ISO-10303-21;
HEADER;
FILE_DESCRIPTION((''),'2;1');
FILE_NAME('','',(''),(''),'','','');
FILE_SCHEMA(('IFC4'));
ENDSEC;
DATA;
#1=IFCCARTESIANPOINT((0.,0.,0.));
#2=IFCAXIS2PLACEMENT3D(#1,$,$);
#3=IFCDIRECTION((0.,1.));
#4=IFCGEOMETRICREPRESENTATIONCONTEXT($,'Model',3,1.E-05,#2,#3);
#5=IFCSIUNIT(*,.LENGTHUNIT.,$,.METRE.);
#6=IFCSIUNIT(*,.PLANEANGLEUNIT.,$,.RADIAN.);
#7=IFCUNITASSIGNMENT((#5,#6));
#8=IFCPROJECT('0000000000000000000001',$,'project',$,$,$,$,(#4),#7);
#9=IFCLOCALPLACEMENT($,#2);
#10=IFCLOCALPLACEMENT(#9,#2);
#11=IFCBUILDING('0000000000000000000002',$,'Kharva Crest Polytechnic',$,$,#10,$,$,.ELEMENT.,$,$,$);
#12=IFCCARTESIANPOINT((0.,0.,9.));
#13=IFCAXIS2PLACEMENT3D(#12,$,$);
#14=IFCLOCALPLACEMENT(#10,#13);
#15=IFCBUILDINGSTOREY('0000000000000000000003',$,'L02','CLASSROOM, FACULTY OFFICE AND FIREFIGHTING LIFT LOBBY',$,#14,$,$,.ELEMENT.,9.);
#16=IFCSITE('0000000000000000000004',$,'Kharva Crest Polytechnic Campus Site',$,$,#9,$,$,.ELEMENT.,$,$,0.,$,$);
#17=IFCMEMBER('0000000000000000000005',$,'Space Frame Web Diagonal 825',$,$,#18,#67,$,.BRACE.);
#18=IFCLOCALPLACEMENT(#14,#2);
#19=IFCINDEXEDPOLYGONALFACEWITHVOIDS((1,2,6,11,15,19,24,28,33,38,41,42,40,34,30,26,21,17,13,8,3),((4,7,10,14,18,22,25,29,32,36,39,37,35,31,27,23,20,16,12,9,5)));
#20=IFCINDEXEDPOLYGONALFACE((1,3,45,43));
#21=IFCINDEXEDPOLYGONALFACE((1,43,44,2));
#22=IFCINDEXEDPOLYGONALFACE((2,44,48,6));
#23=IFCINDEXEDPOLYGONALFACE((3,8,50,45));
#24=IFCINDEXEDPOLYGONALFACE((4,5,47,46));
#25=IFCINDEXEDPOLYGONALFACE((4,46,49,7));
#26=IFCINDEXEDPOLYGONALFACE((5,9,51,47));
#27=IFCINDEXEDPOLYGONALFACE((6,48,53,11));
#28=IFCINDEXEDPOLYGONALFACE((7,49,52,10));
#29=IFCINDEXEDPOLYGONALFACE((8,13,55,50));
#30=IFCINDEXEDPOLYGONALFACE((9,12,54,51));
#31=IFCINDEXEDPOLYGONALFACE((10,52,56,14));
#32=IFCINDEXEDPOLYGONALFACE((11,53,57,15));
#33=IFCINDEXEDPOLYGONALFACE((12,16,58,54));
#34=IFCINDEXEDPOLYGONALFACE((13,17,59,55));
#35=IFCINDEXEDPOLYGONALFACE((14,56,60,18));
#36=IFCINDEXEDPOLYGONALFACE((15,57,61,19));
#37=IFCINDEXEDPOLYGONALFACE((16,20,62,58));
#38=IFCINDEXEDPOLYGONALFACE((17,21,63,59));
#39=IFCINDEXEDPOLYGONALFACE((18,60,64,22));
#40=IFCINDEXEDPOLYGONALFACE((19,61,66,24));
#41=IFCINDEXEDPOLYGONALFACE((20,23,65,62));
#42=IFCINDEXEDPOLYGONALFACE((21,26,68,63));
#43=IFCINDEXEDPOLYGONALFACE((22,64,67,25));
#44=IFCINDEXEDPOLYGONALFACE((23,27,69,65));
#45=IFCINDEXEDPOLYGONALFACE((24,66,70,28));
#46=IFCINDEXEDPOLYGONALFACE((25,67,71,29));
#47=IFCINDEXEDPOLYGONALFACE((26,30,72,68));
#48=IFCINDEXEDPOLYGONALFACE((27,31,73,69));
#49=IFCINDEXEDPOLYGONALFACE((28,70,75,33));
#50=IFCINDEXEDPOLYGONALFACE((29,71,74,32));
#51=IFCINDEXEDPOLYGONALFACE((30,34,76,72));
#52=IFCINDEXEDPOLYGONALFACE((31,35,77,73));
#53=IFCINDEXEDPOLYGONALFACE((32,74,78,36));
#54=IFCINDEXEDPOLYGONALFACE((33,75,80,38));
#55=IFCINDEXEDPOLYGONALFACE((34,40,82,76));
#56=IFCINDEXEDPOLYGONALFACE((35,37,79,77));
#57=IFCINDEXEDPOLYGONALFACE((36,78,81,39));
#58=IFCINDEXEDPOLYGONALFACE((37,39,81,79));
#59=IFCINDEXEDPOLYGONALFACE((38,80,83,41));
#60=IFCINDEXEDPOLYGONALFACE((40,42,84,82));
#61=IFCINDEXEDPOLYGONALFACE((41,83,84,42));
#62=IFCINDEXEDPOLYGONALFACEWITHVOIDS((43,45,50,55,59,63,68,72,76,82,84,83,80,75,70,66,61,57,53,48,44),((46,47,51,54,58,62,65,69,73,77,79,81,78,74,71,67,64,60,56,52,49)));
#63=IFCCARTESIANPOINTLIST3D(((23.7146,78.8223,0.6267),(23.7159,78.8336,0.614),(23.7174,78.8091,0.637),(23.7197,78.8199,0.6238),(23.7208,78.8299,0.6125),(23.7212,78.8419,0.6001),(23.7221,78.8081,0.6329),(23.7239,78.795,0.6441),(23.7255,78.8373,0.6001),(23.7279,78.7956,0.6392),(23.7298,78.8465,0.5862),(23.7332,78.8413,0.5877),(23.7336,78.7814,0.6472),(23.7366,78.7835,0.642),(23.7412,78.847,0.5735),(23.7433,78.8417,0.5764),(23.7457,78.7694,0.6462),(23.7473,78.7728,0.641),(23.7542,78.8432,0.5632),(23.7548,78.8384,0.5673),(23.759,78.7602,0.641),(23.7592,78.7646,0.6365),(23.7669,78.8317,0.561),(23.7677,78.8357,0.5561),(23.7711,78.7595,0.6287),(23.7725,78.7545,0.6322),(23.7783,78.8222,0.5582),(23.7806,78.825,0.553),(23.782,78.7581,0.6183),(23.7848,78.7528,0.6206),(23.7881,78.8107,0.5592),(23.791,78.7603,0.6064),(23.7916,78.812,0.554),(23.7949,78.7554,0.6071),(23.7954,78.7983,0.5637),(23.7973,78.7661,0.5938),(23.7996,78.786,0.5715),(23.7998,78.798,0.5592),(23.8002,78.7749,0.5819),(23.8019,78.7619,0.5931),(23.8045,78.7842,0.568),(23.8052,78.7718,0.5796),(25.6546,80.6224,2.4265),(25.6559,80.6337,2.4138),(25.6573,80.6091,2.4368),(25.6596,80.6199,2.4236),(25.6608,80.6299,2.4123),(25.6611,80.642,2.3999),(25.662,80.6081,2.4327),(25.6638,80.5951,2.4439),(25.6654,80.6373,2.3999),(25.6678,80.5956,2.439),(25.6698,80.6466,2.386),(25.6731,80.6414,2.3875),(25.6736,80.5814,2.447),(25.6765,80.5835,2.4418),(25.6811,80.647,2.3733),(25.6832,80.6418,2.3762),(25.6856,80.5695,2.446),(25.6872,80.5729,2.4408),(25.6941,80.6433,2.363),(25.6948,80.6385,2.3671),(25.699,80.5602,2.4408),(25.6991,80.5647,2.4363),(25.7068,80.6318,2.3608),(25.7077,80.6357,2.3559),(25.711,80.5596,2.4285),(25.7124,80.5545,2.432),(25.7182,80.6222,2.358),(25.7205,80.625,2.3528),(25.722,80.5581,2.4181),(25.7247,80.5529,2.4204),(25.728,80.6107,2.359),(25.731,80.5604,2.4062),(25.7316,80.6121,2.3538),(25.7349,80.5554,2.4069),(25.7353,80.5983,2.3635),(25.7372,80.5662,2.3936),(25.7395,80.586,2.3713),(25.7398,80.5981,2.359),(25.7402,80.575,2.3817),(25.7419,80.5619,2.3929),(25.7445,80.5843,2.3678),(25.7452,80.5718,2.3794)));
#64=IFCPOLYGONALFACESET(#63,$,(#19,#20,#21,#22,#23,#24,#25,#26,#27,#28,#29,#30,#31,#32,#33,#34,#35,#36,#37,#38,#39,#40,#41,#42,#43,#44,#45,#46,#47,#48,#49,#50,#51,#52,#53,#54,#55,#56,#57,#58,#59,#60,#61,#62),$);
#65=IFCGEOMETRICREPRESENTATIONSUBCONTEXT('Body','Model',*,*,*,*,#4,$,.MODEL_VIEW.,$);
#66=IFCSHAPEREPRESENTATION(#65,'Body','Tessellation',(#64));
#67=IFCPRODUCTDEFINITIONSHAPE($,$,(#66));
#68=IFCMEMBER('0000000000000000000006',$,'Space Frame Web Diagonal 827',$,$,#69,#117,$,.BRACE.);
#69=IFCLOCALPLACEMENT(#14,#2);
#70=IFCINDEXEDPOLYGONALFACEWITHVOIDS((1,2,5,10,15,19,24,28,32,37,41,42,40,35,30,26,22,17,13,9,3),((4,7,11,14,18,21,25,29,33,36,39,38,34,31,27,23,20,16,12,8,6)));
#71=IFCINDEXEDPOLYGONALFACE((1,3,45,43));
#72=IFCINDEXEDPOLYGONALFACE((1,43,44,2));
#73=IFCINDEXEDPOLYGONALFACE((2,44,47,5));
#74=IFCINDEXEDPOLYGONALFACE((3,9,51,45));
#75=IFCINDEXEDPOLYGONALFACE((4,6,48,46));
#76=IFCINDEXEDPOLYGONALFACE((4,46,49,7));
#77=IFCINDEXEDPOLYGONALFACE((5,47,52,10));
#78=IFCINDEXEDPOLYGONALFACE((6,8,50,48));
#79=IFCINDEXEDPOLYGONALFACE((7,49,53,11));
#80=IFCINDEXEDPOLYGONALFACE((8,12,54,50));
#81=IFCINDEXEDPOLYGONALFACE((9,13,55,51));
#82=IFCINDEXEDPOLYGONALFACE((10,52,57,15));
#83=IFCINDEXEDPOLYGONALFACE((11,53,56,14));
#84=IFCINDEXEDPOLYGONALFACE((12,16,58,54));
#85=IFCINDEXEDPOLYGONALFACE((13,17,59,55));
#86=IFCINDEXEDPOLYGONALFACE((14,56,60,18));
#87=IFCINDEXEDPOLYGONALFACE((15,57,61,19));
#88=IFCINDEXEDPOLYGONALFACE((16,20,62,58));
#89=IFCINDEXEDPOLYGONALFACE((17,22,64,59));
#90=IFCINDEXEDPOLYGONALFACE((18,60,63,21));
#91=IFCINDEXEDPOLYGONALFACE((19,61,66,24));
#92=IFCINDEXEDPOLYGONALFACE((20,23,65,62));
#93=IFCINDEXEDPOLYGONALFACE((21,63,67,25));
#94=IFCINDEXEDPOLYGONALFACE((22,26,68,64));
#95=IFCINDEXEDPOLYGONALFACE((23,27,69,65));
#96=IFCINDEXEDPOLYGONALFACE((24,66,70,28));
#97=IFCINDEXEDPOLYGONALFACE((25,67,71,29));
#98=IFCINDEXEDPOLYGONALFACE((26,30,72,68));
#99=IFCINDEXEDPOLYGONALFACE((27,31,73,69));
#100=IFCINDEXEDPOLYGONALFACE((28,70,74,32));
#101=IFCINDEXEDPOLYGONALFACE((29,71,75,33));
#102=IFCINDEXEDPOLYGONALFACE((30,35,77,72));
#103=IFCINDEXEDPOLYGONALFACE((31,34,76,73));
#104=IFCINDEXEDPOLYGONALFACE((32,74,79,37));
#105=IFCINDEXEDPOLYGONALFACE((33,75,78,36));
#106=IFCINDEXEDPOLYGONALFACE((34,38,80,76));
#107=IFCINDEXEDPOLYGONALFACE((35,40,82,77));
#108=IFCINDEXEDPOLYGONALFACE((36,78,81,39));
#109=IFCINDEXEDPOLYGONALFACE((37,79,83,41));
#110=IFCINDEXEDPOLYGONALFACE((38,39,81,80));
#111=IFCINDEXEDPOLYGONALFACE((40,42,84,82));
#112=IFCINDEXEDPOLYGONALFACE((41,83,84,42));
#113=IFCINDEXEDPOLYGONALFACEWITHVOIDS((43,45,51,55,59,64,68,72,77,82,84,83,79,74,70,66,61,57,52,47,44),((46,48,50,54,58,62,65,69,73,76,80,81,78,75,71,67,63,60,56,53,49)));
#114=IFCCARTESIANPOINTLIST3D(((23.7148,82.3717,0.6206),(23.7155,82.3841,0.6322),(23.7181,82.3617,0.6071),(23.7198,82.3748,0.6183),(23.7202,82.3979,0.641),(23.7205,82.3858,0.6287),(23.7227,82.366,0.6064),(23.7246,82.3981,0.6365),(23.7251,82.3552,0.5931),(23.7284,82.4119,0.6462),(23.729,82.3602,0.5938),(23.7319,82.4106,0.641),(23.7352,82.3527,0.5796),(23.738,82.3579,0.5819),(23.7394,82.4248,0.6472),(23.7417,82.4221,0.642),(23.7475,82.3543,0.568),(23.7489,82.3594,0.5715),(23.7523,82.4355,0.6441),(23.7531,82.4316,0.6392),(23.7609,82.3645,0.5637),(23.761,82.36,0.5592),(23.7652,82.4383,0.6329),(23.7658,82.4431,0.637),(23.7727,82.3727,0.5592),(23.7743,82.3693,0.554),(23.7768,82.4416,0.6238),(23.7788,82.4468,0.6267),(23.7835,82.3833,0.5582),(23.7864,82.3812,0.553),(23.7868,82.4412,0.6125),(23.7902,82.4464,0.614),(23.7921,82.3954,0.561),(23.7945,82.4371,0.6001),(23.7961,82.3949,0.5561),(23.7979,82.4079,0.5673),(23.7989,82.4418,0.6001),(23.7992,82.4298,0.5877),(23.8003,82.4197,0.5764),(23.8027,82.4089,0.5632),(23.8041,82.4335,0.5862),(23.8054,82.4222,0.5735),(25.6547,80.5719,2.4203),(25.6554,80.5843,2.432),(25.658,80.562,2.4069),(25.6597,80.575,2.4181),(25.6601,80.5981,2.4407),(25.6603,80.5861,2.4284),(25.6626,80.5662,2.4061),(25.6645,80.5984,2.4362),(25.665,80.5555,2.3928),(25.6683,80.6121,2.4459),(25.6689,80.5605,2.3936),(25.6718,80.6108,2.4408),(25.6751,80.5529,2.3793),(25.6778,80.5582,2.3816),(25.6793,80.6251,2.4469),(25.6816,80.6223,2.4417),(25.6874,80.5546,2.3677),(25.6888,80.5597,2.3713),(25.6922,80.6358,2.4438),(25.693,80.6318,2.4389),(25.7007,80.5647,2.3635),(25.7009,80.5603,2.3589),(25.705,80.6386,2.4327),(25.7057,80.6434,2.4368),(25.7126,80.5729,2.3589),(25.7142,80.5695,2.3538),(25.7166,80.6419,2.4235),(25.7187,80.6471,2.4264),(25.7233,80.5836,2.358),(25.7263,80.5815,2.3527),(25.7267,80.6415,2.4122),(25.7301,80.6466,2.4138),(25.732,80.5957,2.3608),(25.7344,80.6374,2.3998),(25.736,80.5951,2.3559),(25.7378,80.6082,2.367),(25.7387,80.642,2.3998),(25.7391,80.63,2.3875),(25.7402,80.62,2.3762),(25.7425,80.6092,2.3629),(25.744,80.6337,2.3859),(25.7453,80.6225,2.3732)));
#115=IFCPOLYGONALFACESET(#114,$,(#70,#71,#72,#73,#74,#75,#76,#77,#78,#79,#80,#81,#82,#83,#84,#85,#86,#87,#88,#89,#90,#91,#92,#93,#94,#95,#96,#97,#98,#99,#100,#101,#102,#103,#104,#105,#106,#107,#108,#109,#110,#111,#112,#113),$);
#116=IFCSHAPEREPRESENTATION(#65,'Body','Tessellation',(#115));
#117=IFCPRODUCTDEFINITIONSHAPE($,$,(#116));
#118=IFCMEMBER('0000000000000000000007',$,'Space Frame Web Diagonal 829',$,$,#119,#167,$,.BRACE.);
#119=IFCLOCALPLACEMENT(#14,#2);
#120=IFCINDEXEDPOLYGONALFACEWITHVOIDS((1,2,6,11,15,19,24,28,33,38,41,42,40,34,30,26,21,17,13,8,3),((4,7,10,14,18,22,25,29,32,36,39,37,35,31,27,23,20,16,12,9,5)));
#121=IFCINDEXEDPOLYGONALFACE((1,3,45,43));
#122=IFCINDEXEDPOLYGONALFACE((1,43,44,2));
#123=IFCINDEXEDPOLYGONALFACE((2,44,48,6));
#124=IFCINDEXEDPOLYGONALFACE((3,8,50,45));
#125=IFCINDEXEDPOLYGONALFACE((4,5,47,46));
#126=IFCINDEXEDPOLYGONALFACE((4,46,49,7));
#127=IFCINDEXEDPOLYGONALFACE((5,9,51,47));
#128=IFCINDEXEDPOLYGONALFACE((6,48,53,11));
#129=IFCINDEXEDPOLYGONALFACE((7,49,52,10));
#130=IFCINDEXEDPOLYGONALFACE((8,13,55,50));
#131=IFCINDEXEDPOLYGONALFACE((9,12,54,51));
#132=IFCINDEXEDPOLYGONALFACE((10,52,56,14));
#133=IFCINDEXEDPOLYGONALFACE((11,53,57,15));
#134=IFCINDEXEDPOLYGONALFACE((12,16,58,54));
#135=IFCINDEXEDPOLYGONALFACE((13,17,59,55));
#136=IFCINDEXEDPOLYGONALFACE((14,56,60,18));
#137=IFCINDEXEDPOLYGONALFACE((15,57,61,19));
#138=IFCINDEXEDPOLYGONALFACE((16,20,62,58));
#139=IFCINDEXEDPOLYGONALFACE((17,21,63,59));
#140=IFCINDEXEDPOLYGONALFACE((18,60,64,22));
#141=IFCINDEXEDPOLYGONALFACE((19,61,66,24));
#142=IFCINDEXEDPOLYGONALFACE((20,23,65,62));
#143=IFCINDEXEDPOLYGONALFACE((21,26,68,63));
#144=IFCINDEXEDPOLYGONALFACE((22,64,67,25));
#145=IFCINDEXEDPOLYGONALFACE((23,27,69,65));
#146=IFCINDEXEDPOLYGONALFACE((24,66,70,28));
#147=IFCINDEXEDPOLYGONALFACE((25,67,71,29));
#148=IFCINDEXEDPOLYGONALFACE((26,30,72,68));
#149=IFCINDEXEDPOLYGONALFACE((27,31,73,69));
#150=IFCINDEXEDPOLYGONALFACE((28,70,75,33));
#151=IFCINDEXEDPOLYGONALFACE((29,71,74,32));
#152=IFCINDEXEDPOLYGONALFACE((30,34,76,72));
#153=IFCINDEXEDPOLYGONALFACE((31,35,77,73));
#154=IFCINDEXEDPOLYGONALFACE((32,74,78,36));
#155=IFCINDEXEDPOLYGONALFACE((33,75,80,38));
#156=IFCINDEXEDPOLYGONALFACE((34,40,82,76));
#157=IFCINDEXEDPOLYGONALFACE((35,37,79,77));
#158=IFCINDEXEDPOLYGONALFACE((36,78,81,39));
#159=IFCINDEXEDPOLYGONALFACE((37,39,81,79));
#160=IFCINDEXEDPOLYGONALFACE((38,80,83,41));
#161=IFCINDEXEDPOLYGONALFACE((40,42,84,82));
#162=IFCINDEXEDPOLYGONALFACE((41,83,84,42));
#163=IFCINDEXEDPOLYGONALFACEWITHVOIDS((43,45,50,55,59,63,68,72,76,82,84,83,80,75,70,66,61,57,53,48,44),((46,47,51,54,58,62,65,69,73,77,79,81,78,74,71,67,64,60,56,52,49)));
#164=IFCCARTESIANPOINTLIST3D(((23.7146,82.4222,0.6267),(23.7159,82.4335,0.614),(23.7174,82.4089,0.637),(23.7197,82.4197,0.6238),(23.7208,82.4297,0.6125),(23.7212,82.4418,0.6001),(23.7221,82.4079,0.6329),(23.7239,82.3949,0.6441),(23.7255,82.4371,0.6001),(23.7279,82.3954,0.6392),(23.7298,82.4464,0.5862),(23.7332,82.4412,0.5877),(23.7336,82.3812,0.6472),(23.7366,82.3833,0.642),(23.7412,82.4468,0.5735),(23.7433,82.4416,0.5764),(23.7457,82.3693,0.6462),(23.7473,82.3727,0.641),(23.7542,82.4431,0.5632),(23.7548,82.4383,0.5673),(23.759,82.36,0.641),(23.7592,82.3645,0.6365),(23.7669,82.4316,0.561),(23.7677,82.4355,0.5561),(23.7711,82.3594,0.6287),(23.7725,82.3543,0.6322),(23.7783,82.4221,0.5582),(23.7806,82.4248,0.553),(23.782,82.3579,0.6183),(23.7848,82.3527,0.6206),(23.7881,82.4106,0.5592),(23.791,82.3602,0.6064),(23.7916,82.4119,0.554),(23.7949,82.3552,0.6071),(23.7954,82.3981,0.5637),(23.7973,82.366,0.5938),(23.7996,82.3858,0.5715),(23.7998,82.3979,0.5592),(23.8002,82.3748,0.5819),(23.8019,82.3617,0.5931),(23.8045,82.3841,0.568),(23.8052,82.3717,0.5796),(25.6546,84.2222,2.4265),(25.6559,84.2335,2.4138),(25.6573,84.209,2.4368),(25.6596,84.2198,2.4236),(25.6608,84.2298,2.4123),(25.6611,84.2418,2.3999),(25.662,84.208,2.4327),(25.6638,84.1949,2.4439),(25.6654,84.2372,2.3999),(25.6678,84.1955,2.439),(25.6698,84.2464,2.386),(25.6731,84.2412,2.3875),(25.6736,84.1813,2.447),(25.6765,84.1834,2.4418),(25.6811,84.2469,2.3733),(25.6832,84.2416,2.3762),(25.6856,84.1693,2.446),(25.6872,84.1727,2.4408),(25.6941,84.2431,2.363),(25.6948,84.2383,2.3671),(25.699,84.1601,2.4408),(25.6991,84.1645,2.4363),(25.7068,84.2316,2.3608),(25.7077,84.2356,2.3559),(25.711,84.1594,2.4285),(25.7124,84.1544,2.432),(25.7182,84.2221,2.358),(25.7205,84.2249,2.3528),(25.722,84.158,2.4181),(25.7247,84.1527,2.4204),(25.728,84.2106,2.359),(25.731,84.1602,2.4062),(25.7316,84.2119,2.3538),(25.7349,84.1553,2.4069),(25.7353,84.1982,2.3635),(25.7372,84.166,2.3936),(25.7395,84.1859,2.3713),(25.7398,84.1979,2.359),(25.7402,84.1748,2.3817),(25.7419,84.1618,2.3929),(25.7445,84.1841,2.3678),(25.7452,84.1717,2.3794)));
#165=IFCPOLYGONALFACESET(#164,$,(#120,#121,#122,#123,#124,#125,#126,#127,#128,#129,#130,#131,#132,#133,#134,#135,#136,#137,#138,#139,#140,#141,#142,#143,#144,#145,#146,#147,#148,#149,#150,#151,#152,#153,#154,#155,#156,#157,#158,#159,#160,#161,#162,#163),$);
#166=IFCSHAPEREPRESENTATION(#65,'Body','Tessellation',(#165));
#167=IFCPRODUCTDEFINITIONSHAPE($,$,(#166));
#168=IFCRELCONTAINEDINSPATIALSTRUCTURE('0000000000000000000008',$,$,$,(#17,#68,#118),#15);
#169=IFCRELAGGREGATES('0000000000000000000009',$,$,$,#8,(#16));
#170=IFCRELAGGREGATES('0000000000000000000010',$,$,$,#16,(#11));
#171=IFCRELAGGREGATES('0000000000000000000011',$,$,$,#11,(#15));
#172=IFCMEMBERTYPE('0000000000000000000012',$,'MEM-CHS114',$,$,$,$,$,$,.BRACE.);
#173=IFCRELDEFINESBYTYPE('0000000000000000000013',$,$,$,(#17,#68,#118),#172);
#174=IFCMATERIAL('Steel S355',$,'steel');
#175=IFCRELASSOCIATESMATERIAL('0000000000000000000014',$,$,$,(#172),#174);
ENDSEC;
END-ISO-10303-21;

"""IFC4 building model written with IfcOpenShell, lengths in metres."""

from ifc_helpers import new_model, si_unit, direction, frame, origin, origin_2d, place, context, subcontext, project, spatial, hollow_circle, extrude, material, material_profile, profile_set, type_object, element, save


model = new_model("IFC4")

# Units and contexts
model_context = context("Model", 3, precision=1e-05, world=origin(), true_north=direction((0.0, 1.0)))
body_context = subcontext(model_context, "Body", "Model", "MODEL_VIEW")
ifc_project = project(units=[si_unit("LENGTHUNIT", "METRE"), si_unit("PLANEANGLEUNIT", "RADIAN")], contexts=[model_context])

# Site, building, storey
site_placement = place(None, origin())
site = spatial("IfcSite", under=ifc_project, at=site_placement, Name="Kharva Crest Polytechnic Campus Site", CompositionType="ELEMENT", RefElevation=0.0)
building_placement = place(site_placement, origin())
building = spatial("IfcBuilding", under=site, at=building_placement, Name="Kharva Crest Polytechnic", CompositionType="ELEMENT")
storey_placement = place(building_placement, frame((0.0, 0.0, 9.0)))
storey = spatial("IfcBuildingStorey", under=building, at=storey_placement, Name="L02", Description="CLASSROOM, FACULTY OFFICE AND FIREFIGHTING LIFT LOBBY", CompositionType="ELEMENT", Elevation=9.0)

# Shared definitions
ifc_material_1 = material(Name="Steel S355", Category="steel")

# Members
ifc_material_profile_1 = material_profile(ifc_material_1, hollow_circle(Radius=0.0571, WallThickness=0.0063, at=origin_2d()), Name="CHS 114.3X6.3")
ifc_profile_set_1 = profile_set([ifc_material_profile_1], Name="Steel S355")
member_type_1 = type_object("IfcMemberType", Name="MEM-CHS114", PredefinedType="BRACE", material=ifc_profile_set_1)
member_1_placement = place(storey_placement, frame((23.76, 78.8, 0.6001), z_axis=(0.606147, 0.562437, 0.562361), x_axis=(-0.680182, 0.733043, 0.0)))
element("IfcMember", 1, at=member_1_placement, inside=storey, type_object=member_type_1, Name="Space Frame Web Diagonal 825", PredefinedType="BRACE", context=body_context, shape_type="SweptSolid", body=[
    extrude(hollow_circle(Radius=0.0571, WallThickness=0.0063, at=origin_2d()), origin(), (0.0, 0.0, 1.0), 3.2004),
])
member_2_placement = place(storey_placement, frame((23.76, 82.3999, 0.6001), z_axis=(0.606173, -0.562385, 0.562385), x_axis=(0.680133, 0.733089, 0.0)))
element("IfcMember", 2, at=member_2_placement, inside=storey, type_object=member_type_1, Name="Space Frame Web Diagonal 827", PredefinedType="BRACE", context=body_context, shape_type="SweptSolid", body=[
    extrude(hollow_circle(Radius=0.0571, WallThickness=0.0063, at=origin_2d()), origin(), (0.0, 0.0, 1.0), 3.2002),
])
member_3_placement = place(storey_placement, frame((23.76, 82.3999, 0.6001), z_axis=(0.606147, 0.562437, 0.562361), x_axis=(-0.680182, 0.733043, 0.0)))
element("IfcMember", 3, at=member_3_placement, inside=storey, type_object=member_type_1, Name="Space Frame Web Diagonal 829", PredefinedType="BRACE", context=body_context, shape_type="SweptSolid", body=[
    extrude(hollow_circle(Radius=0.0571, WallThickness=0.0063, at=origin_2d()), origin(), (0.0, 0.0, 1.0), 3.2004),
])

save(model, "model.ifc")
